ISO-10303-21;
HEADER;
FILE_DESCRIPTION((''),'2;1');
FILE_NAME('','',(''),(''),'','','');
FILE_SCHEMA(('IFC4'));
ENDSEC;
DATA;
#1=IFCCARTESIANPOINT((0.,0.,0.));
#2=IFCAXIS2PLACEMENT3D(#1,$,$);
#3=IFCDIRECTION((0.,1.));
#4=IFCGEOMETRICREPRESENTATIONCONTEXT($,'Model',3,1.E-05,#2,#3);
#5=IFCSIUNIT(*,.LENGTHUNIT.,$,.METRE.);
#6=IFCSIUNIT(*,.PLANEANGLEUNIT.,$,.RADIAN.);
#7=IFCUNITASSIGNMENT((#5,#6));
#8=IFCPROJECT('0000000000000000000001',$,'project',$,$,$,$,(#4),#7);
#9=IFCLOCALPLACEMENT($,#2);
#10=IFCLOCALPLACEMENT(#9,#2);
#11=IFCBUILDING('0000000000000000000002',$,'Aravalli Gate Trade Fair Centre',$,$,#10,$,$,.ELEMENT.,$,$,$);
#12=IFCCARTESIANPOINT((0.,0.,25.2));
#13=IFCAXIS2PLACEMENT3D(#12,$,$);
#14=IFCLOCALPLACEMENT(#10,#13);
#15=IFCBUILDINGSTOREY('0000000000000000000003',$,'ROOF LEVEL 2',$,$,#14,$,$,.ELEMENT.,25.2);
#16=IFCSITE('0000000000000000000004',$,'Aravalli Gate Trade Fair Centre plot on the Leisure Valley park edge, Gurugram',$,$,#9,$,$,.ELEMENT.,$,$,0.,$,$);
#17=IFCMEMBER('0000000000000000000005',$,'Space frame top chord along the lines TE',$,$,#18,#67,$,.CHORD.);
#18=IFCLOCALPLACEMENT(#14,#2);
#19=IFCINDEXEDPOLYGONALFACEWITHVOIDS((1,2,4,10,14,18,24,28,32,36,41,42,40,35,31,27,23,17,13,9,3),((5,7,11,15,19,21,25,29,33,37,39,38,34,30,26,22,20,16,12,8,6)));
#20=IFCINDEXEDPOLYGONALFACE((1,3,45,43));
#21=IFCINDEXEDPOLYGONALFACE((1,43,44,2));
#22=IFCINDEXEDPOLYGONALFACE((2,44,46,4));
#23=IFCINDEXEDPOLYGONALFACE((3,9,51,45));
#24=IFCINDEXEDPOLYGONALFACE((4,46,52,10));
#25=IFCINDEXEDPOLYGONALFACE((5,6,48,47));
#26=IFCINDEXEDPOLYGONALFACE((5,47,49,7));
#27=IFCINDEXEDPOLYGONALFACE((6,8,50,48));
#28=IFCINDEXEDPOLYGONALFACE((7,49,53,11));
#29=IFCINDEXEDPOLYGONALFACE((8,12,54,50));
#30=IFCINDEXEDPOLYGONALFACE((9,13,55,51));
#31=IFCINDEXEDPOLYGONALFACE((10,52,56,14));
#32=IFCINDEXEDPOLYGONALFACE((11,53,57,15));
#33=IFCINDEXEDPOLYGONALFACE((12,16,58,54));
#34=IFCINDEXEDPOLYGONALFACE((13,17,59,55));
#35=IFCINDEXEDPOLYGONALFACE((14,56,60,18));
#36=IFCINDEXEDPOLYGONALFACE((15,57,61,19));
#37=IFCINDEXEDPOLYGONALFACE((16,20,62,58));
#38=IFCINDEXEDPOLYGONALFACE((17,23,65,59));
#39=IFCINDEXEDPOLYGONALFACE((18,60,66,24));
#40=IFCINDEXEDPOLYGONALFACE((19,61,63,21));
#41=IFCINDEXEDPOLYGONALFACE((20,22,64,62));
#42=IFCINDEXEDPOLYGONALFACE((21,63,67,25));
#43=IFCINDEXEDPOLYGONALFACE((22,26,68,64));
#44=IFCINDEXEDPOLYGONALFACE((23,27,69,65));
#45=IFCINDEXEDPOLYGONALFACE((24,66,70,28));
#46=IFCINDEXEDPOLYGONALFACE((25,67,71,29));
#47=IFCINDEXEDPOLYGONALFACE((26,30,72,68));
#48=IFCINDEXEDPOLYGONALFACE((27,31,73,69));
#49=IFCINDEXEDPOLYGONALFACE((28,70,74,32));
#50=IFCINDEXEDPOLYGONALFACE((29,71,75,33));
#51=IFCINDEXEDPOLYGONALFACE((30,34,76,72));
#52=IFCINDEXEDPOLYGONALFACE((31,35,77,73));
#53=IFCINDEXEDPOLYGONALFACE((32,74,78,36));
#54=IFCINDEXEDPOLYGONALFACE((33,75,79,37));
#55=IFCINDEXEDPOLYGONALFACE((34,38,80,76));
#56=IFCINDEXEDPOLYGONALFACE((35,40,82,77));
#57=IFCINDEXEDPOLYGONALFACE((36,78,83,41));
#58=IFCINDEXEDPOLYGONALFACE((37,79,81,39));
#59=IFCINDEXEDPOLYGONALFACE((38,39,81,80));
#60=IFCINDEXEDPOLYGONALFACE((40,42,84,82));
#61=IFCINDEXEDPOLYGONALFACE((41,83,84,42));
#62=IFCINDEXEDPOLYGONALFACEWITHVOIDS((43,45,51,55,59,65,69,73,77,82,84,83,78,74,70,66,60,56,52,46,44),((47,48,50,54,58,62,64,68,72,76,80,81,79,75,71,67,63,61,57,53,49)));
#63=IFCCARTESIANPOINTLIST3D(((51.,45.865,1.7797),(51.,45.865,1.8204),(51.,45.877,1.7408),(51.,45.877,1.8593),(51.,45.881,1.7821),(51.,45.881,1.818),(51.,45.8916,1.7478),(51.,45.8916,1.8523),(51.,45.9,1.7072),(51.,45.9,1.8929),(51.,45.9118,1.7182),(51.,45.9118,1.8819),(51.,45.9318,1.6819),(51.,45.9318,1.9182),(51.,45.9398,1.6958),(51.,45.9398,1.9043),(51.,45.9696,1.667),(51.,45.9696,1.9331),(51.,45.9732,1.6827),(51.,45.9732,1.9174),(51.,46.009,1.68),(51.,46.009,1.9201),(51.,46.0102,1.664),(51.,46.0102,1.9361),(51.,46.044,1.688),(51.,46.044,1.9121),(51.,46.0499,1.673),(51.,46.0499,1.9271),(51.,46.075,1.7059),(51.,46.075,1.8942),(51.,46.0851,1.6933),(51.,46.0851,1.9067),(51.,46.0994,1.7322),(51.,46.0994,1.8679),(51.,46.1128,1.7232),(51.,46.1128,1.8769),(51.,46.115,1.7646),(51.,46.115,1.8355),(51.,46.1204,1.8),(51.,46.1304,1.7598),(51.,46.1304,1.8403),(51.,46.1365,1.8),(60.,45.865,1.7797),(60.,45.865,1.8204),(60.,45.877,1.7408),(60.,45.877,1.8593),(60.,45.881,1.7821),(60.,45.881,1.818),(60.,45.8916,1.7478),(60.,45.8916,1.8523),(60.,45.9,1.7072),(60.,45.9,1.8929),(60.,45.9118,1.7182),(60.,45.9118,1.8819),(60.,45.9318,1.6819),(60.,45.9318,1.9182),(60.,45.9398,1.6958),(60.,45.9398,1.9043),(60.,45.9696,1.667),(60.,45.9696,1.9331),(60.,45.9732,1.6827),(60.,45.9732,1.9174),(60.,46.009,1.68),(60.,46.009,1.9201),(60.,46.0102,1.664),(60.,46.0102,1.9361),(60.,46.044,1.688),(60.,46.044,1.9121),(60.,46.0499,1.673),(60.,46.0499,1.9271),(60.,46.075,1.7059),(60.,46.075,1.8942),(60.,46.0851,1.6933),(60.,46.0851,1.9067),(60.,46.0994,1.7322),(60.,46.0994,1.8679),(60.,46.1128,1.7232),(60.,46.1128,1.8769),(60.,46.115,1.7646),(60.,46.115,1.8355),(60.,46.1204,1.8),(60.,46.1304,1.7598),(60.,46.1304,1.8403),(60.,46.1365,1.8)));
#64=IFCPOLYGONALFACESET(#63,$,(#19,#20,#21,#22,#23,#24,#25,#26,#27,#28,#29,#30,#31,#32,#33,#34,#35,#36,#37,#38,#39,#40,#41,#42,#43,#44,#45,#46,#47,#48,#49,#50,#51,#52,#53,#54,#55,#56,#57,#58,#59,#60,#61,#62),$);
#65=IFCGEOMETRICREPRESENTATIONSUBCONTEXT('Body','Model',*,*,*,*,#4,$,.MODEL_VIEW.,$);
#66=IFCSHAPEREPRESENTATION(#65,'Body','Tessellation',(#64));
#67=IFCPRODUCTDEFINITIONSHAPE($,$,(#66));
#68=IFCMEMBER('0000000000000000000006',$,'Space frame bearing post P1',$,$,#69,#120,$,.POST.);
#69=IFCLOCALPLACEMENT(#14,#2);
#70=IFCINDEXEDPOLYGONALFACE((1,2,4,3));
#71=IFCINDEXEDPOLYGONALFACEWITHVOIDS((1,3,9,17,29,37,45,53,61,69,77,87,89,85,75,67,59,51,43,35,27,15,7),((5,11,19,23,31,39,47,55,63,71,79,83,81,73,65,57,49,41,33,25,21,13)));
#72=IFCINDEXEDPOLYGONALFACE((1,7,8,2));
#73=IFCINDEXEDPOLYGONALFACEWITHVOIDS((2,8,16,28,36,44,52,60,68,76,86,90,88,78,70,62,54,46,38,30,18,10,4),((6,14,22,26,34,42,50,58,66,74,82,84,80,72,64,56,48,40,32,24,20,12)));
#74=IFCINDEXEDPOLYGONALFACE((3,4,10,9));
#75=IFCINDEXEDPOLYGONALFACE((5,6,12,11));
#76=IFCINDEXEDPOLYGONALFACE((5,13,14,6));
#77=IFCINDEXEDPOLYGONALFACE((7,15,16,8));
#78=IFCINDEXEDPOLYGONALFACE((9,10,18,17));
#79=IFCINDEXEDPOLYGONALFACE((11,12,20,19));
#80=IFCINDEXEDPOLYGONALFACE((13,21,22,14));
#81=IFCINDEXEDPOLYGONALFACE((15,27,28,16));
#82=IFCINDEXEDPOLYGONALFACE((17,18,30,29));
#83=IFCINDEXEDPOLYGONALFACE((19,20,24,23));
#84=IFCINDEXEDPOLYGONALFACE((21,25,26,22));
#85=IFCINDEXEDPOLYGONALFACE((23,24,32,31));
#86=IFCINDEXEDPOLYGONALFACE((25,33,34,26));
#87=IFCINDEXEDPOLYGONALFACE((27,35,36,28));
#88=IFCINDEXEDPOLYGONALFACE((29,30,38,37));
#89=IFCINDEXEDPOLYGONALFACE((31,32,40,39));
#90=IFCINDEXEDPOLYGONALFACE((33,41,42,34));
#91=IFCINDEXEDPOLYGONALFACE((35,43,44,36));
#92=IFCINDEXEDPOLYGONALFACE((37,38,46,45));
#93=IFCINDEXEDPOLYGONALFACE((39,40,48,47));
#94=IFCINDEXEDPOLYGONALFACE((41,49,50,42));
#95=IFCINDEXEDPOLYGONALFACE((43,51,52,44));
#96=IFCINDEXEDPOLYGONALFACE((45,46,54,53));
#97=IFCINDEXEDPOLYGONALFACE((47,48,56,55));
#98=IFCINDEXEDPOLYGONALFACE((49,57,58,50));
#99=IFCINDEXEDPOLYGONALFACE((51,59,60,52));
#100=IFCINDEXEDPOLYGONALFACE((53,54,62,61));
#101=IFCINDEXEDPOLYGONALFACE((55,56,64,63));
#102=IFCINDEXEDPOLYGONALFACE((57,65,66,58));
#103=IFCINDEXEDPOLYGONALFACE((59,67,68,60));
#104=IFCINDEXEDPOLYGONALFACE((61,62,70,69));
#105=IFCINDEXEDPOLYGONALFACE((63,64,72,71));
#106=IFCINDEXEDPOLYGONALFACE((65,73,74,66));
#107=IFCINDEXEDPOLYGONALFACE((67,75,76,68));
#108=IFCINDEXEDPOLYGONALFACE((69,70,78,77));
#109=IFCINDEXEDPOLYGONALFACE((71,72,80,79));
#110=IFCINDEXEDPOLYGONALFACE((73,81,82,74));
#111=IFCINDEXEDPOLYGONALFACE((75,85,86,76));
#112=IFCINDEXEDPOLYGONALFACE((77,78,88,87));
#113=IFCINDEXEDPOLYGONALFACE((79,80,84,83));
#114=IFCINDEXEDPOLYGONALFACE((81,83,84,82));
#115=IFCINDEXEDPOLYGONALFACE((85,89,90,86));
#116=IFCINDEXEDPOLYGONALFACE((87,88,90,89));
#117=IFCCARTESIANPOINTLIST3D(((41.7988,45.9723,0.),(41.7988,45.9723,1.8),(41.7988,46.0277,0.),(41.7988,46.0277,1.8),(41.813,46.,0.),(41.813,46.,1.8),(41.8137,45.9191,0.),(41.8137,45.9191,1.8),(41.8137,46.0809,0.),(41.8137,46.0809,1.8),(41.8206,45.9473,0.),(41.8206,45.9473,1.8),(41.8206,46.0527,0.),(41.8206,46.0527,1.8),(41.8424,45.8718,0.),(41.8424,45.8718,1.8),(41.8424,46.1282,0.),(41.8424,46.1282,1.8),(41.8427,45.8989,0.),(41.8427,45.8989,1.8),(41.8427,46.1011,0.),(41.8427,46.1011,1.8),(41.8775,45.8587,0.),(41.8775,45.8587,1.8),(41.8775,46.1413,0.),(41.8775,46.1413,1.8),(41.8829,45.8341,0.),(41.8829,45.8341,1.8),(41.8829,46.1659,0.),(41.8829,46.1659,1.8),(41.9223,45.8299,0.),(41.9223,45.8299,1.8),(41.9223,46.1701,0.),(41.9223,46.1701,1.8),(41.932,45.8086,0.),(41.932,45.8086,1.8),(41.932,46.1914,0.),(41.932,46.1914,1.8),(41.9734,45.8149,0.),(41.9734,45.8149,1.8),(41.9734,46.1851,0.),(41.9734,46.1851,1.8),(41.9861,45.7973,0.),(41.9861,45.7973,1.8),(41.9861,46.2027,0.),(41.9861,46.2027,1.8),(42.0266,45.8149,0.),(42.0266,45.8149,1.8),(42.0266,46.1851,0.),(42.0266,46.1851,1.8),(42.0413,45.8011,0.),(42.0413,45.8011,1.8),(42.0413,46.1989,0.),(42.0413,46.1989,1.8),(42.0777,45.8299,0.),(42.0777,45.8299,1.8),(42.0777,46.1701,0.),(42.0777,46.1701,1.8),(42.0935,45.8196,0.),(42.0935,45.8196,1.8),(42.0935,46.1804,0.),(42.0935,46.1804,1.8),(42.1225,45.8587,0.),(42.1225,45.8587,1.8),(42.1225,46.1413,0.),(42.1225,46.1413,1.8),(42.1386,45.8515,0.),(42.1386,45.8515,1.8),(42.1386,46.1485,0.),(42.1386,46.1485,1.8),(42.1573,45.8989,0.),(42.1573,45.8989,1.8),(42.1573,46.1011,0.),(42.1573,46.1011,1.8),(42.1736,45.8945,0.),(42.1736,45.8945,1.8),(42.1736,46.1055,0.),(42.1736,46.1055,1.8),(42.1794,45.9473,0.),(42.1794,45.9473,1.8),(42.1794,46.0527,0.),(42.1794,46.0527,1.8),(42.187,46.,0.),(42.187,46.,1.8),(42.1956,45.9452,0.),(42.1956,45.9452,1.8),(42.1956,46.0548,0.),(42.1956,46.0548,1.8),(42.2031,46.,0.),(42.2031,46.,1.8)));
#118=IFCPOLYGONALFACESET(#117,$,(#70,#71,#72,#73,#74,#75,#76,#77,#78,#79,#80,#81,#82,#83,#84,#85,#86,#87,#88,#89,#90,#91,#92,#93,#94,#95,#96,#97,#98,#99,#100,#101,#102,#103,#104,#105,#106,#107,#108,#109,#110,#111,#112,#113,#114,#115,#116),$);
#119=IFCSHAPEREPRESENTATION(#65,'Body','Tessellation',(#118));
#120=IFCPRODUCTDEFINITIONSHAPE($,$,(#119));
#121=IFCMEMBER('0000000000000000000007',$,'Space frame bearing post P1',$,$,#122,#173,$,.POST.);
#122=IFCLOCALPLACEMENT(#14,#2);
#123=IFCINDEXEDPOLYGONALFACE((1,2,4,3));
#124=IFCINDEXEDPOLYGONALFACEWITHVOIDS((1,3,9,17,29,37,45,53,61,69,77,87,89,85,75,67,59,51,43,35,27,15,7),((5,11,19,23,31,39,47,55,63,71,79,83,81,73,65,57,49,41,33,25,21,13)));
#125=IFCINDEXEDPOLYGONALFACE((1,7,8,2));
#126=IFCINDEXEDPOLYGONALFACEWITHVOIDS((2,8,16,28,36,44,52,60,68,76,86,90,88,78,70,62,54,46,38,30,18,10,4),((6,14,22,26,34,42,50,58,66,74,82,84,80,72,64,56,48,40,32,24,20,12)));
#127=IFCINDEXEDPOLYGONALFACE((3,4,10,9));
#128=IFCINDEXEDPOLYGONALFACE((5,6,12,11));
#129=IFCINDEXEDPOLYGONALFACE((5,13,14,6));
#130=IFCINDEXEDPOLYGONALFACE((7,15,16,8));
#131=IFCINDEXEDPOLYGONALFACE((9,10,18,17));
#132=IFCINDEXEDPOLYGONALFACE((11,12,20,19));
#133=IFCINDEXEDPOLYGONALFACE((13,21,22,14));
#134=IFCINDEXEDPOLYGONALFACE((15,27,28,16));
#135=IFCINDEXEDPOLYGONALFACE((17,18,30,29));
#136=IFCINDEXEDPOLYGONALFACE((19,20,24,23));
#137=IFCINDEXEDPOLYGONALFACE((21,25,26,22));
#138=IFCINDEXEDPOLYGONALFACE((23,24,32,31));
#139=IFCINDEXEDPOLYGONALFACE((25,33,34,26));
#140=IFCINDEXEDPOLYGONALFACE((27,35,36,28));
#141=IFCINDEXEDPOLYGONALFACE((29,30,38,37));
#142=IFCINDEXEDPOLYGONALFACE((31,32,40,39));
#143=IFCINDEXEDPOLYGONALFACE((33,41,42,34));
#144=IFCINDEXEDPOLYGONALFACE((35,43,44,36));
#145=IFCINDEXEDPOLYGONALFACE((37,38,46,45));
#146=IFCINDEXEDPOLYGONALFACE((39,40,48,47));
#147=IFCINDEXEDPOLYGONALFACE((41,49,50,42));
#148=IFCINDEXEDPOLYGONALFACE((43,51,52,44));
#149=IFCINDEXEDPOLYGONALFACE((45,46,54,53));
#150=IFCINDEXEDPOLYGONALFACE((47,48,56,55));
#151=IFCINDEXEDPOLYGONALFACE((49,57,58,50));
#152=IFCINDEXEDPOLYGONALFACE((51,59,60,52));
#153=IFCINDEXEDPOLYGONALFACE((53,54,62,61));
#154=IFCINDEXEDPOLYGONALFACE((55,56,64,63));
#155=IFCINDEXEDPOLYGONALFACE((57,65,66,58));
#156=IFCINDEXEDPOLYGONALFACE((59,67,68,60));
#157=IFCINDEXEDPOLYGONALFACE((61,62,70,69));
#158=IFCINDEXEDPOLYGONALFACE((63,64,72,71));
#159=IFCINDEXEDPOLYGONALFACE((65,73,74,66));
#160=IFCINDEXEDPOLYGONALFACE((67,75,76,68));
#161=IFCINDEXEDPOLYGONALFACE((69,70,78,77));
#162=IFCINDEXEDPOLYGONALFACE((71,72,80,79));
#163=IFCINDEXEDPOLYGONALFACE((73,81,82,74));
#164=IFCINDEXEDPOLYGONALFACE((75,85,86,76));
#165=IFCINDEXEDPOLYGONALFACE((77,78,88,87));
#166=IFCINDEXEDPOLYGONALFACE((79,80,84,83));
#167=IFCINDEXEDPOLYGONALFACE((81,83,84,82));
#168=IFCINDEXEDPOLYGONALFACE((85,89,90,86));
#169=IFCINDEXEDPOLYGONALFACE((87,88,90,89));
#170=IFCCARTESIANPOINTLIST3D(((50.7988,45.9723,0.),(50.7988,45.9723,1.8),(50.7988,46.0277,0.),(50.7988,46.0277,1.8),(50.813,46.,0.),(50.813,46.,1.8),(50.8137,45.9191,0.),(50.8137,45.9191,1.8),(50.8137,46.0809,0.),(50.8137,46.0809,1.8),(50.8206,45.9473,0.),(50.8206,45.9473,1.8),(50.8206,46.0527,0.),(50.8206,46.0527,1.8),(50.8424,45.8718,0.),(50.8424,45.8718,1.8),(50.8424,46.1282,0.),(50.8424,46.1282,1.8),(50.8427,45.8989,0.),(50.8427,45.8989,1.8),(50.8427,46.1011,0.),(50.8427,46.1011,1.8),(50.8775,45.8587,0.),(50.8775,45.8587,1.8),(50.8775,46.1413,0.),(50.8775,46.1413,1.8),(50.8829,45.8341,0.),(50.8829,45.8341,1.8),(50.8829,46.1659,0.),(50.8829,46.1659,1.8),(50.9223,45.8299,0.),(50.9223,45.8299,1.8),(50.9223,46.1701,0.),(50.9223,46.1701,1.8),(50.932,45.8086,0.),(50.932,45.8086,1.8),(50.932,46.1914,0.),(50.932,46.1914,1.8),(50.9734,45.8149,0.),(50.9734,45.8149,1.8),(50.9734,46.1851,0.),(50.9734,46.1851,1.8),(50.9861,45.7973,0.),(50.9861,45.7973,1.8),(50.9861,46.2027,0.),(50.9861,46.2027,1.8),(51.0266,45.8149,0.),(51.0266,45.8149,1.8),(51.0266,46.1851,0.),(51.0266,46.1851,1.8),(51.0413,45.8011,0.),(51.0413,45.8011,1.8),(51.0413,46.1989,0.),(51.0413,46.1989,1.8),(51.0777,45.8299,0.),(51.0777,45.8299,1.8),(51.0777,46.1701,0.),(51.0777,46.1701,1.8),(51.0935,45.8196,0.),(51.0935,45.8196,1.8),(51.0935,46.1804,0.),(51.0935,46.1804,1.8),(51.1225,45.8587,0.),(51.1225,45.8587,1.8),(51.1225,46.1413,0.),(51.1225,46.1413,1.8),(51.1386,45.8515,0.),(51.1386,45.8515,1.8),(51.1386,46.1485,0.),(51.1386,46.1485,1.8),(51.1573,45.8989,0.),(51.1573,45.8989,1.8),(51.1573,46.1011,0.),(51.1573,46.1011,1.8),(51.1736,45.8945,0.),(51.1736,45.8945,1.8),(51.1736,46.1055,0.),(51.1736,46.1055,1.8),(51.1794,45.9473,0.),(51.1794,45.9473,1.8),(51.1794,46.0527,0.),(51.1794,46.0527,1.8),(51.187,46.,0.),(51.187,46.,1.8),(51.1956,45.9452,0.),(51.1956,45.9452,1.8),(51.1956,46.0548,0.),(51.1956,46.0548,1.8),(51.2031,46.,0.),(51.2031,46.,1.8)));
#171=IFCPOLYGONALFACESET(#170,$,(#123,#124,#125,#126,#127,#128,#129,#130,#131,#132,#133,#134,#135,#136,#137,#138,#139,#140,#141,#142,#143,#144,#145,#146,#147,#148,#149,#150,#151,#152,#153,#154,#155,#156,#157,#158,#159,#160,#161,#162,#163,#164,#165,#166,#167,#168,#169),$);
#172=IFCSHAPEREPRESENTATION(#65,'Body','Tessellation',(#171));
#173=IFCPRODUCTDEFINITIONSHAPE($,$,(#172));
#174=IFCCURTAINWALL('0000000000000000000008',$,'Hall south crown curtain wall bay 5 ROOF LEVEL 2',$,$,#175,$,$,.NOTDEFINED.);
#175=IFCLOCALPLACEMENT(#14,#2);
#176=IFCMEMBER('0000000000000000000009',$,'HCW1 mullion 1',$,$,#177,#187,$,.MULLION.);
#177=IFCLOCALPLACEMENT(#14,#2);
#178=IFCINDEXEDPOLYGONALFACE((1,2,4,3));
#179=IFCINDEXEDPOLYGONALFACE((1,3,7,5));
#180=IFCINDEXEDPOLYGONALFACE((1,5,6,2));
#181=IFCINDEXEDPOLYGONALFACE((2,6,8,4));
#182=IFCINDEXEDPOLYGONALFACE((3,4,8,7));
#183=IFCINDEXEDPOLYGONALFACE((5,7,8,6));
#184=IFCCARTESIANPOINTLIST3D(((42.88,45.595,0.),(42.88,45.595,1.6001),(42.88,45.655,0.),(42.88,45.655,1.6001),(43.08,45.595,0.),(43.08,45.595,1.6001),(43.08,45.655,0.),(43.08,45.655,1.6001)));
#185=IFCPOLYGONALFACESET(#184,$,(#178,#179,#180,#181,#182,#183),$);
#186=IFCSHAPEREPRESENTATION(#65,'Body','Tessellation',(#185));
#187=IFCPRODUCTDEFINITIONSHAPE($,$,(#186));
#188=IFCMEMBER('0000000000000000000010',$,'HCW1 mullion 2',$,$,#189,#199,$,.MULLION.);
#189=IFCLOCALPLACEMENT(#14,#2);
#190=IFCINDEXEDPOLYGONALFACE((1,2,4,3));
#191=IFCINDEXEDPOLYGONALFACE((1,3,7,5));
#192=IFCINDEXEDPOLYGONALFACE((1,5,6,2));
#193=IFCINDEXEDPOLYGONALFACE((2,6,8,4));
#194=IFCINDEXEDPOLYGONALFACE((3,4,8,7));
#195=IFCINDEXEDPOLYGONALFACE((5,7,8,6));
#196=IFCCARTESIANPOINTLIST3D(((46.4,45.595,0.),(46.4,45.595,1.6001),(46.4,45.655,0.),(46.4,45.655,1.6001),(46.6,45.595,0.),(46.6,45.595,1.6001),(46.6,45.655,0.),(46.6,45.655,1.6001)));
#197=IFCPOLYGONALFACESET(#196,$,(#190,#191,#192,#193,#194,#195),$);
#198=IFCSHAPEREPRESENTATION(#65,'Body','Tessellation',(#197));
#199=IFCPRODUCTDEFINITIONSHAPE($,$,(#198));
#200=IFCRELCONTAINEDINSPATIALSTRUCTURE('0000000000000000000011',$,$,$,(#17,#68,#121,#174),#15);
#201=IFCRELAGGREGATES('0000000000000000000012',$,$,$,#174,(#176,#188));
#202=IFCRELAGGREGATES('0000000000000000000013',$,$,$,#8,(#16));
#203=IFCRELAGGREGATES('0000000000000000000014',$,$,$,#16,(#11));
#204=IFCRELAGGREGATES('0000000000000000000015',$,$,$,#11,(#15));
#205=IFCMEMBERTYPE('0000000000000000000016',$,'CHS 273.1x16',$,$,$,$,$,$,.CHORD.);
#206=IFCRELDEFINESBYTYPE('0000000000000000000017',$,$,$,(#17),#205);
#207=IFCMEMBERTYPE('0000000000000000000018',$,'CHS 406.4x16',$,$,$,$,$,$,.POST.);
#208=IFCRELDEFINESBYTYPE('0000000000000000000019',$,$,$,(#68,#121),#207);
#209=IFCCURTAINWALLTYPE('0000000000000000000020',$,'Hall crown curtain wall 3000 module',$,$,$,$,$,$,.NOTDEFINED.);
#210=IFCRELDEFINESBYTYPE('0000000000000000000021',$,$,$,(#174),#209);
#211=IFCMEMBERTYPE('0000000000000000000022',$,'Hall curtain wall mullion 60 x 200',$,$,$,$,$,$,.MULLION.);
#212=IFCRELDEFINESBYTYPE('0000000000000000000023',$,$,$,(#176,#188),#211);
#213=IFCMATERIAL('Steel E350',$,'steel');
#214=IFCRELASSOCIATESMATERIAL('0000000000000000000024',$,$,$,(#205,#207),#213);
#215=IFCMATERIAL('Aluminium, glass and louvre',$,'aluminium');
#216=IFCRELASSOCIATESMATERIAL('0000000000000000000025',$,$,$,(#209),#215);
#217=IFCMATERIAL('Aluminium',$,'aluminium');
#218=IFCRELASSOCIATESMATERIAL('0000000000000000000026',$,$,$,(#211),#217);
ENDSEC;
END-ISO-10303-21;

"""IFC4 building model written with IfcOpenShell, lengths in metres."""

from ifc_helpers import new_model, si_unit, direction, frame, origin, origin_2d, place, context, subcontext, project, spatial, rectangle, hollow_circle, extrude, material, material_profile, profile_set, type_object, element, aggregate, save


model = new_model("IFC4")

# Units and contexts
model_context = context("Model", 3, precision=1e-05, world=origin(), true_north=direction((0.0, 1.0)))
body_context = subcontext(model_context, "Body", "Model", "MODEL_VIEW")
ifc_project = project(units=[si_unit("LENGTHUNIT", "METRE"), si_unit("PLANEANGLEUNIT", "RADIAN")], contexts=[model_context])

# Site, building, storey
site_placement = place(None, origin())
site = spatial("IfcSite", under=ifc_project, at=site_placement, Name="Aravalli Gate Trade Fair Centre plot on the Leisure Valley park edge, Gurugram", CompositionType="ELEMENT", RefElevation=0.0)
building_placement = place(site_placement, origin())
building = spatial("IfcBuilding", under=site, at=building_placement, Name="Aravalli Gate Trade Fair Centre", CompositionType="ELEMENT")
storey_placement = place(building_placement, frame((0.0, 0.0, 25.2)))
storey = spatial("IfcBuildingStorey", under=building, at=storey_placement, Name="ROOF LEVEL 2", CompositionType="ELEMENT", Elevation=25.2)

# Members
ifc_material_1 = material(Name="Steel E350", Category="steel")
ifc_material_profile_1 = material_profile(ifc_material_1, hollow_circle(Radius=0.1365, WallThickness=0.0161, at=origin_2d()), Name="CHS 273.1x16")
ifc_profile_set_1 = profile_set([ifc_material_profile_1], Name="Steel E350")
member_type_1 = type_object("IfcMemberType", Name="CHS 273.1x16", PredefinedType="CHORD", material=ifc_profile_set_1)
member_1_placement = place(storey_placement, frame((51.0, 46.0, 1.8), z_axis=(1.0, 0.0, 0.0), x_axis=(0.0, 1.0, 0.0)))
element("IfcMember", 1, at=member_1_placement, inside=storey, type_object=member_type_1, Name="Space frame top chord along the lines TE", PredefinedType="CHORD", context=body_context, shape_type="SweptSolid", body=[
    extrude(hollow_circle(Radius=0.1365, WallThickness=0.0161, at=origin_2d()), origin(), (0.0, 0.0, 1.0), 9.0),
])
ifc_material_profile_2 = material_profile(ifc_material_1, hollow_circle(Radius=0.2031, WallThickness=0.0161, at=origin_2d()), Name="CHS 406.4x16")
ifc_profile_set_2 = profile_set([ifc_material_profile_2], Name="Steel E350")
member_type_2 = type_object("IfcMemberType", Name="CHS 406.4x16", PredefinedType="POST", material=ifc_profile_set_2)
for number, where, z_axis, x_axis, name in (
    (2, (42.0, 46.0, 0.0), (0.0, 0.0, 1.0), (1.0, 0.0, 0.0), "Space frame bearing post P1"),
    (3, (51.0, 46.0, 0.0), (0.0, 0.0, 1.0), (1.0, 0.0, 0.0), "Space frame bearing post P1"),
):
    element("IfcMember", number, at=place(storey_placement, frame(where, z_axis=z_axis, x_axis=x_axis)), inside=storey, type_object=member_type_2, Name=name, PredefinedType="POST", context=body_context, shape_type="SweptSolid", body=[
        extrude(hollow_circle(Radius=0.2031, WallThickness=0.0161, at=origin_2d()), origin(), (0.0, 0.0, 1.0), 1.8),
    ])

# Curtain wall, members
ifc_material_2 = material(Name="Aluminium, glass and louvre", Category="aluminium")
curtain_wall_type = type_object("IfcCurtainWallType", Name="Hall crown curtain wall 3000 module", PredefinedType="NOTDEFINED", material=ifc_material_2)
curtain_wall_1_placement = place(storey_placement, origin())
curtain_wall_1 = element("IfcCurtainWall", 4, at=curtain_wall_1_placement, inside=storey, type_object=curtain_wall_type, Name="Hall south crown curtain wall bay 5 ROOF LEVEL 2", PredefinedType="NOTDEFINED")
ifc_material_3 = material(Name="Aluminium", Category="aluminium")
ifc_material_profile_3 = material_profile(ifc_material_3, rectangle(XDim=0.0601, YDim=0.2, at=origin_2d()), Name="Hall curtain wall mullion 60 x 200")
ifc_profile_set_3 = profile_set([ifc_material_profile_3], Name="Aluminium")
member_type_3 = type_object("IfcMemberType", Name="Hall curtain wall mullion 60 x 200", PredefinedType="MULLION", material=ifc_profile_set_3)
member_2_placement = place(storey_placement, frame((42.98, 45.625, 0.0), z_axis=(0.0, 0.0, 1.0), x_axis=(0.0, 1.0, 0.0)))
member_2 = element("IfcMember", 5, at=member_2_placement, type_object=member_type_3, Name="HCW1 mullion 1", PredefinedType="MULLION", context=body_context, shape_type="SweptSolid", body=[
    extrude(rectangle(XDim=0.0601, YDim=0.2, at=origin_2d()), origin(), (0.0, 0.0, 1.0), 1.6001),
])
member_3_placement = place(storey_placement, frame((46.5, 45.625, 0.0), z_axis=(0.0, 0.0, 1.0), x_axis=(0.0, 1.0, 0.0)))
member_3 = element("IfcMember", 6, at=member_3_placement, type_object=member_type_3, Name="HCW1 mullion 2", PredefinedType="MULLION", context=body_context, shape_type="SweptSolid", body=[
    extrude(rectangle(XDim=0.0601, YDim=0.2, at=origin_2d()), origin(), (0.0, 0.0, 1.0), 1.6001),
])

aggregate(curtain_wall_1, [member_2, member_3])

save(model, "model.ifc")
